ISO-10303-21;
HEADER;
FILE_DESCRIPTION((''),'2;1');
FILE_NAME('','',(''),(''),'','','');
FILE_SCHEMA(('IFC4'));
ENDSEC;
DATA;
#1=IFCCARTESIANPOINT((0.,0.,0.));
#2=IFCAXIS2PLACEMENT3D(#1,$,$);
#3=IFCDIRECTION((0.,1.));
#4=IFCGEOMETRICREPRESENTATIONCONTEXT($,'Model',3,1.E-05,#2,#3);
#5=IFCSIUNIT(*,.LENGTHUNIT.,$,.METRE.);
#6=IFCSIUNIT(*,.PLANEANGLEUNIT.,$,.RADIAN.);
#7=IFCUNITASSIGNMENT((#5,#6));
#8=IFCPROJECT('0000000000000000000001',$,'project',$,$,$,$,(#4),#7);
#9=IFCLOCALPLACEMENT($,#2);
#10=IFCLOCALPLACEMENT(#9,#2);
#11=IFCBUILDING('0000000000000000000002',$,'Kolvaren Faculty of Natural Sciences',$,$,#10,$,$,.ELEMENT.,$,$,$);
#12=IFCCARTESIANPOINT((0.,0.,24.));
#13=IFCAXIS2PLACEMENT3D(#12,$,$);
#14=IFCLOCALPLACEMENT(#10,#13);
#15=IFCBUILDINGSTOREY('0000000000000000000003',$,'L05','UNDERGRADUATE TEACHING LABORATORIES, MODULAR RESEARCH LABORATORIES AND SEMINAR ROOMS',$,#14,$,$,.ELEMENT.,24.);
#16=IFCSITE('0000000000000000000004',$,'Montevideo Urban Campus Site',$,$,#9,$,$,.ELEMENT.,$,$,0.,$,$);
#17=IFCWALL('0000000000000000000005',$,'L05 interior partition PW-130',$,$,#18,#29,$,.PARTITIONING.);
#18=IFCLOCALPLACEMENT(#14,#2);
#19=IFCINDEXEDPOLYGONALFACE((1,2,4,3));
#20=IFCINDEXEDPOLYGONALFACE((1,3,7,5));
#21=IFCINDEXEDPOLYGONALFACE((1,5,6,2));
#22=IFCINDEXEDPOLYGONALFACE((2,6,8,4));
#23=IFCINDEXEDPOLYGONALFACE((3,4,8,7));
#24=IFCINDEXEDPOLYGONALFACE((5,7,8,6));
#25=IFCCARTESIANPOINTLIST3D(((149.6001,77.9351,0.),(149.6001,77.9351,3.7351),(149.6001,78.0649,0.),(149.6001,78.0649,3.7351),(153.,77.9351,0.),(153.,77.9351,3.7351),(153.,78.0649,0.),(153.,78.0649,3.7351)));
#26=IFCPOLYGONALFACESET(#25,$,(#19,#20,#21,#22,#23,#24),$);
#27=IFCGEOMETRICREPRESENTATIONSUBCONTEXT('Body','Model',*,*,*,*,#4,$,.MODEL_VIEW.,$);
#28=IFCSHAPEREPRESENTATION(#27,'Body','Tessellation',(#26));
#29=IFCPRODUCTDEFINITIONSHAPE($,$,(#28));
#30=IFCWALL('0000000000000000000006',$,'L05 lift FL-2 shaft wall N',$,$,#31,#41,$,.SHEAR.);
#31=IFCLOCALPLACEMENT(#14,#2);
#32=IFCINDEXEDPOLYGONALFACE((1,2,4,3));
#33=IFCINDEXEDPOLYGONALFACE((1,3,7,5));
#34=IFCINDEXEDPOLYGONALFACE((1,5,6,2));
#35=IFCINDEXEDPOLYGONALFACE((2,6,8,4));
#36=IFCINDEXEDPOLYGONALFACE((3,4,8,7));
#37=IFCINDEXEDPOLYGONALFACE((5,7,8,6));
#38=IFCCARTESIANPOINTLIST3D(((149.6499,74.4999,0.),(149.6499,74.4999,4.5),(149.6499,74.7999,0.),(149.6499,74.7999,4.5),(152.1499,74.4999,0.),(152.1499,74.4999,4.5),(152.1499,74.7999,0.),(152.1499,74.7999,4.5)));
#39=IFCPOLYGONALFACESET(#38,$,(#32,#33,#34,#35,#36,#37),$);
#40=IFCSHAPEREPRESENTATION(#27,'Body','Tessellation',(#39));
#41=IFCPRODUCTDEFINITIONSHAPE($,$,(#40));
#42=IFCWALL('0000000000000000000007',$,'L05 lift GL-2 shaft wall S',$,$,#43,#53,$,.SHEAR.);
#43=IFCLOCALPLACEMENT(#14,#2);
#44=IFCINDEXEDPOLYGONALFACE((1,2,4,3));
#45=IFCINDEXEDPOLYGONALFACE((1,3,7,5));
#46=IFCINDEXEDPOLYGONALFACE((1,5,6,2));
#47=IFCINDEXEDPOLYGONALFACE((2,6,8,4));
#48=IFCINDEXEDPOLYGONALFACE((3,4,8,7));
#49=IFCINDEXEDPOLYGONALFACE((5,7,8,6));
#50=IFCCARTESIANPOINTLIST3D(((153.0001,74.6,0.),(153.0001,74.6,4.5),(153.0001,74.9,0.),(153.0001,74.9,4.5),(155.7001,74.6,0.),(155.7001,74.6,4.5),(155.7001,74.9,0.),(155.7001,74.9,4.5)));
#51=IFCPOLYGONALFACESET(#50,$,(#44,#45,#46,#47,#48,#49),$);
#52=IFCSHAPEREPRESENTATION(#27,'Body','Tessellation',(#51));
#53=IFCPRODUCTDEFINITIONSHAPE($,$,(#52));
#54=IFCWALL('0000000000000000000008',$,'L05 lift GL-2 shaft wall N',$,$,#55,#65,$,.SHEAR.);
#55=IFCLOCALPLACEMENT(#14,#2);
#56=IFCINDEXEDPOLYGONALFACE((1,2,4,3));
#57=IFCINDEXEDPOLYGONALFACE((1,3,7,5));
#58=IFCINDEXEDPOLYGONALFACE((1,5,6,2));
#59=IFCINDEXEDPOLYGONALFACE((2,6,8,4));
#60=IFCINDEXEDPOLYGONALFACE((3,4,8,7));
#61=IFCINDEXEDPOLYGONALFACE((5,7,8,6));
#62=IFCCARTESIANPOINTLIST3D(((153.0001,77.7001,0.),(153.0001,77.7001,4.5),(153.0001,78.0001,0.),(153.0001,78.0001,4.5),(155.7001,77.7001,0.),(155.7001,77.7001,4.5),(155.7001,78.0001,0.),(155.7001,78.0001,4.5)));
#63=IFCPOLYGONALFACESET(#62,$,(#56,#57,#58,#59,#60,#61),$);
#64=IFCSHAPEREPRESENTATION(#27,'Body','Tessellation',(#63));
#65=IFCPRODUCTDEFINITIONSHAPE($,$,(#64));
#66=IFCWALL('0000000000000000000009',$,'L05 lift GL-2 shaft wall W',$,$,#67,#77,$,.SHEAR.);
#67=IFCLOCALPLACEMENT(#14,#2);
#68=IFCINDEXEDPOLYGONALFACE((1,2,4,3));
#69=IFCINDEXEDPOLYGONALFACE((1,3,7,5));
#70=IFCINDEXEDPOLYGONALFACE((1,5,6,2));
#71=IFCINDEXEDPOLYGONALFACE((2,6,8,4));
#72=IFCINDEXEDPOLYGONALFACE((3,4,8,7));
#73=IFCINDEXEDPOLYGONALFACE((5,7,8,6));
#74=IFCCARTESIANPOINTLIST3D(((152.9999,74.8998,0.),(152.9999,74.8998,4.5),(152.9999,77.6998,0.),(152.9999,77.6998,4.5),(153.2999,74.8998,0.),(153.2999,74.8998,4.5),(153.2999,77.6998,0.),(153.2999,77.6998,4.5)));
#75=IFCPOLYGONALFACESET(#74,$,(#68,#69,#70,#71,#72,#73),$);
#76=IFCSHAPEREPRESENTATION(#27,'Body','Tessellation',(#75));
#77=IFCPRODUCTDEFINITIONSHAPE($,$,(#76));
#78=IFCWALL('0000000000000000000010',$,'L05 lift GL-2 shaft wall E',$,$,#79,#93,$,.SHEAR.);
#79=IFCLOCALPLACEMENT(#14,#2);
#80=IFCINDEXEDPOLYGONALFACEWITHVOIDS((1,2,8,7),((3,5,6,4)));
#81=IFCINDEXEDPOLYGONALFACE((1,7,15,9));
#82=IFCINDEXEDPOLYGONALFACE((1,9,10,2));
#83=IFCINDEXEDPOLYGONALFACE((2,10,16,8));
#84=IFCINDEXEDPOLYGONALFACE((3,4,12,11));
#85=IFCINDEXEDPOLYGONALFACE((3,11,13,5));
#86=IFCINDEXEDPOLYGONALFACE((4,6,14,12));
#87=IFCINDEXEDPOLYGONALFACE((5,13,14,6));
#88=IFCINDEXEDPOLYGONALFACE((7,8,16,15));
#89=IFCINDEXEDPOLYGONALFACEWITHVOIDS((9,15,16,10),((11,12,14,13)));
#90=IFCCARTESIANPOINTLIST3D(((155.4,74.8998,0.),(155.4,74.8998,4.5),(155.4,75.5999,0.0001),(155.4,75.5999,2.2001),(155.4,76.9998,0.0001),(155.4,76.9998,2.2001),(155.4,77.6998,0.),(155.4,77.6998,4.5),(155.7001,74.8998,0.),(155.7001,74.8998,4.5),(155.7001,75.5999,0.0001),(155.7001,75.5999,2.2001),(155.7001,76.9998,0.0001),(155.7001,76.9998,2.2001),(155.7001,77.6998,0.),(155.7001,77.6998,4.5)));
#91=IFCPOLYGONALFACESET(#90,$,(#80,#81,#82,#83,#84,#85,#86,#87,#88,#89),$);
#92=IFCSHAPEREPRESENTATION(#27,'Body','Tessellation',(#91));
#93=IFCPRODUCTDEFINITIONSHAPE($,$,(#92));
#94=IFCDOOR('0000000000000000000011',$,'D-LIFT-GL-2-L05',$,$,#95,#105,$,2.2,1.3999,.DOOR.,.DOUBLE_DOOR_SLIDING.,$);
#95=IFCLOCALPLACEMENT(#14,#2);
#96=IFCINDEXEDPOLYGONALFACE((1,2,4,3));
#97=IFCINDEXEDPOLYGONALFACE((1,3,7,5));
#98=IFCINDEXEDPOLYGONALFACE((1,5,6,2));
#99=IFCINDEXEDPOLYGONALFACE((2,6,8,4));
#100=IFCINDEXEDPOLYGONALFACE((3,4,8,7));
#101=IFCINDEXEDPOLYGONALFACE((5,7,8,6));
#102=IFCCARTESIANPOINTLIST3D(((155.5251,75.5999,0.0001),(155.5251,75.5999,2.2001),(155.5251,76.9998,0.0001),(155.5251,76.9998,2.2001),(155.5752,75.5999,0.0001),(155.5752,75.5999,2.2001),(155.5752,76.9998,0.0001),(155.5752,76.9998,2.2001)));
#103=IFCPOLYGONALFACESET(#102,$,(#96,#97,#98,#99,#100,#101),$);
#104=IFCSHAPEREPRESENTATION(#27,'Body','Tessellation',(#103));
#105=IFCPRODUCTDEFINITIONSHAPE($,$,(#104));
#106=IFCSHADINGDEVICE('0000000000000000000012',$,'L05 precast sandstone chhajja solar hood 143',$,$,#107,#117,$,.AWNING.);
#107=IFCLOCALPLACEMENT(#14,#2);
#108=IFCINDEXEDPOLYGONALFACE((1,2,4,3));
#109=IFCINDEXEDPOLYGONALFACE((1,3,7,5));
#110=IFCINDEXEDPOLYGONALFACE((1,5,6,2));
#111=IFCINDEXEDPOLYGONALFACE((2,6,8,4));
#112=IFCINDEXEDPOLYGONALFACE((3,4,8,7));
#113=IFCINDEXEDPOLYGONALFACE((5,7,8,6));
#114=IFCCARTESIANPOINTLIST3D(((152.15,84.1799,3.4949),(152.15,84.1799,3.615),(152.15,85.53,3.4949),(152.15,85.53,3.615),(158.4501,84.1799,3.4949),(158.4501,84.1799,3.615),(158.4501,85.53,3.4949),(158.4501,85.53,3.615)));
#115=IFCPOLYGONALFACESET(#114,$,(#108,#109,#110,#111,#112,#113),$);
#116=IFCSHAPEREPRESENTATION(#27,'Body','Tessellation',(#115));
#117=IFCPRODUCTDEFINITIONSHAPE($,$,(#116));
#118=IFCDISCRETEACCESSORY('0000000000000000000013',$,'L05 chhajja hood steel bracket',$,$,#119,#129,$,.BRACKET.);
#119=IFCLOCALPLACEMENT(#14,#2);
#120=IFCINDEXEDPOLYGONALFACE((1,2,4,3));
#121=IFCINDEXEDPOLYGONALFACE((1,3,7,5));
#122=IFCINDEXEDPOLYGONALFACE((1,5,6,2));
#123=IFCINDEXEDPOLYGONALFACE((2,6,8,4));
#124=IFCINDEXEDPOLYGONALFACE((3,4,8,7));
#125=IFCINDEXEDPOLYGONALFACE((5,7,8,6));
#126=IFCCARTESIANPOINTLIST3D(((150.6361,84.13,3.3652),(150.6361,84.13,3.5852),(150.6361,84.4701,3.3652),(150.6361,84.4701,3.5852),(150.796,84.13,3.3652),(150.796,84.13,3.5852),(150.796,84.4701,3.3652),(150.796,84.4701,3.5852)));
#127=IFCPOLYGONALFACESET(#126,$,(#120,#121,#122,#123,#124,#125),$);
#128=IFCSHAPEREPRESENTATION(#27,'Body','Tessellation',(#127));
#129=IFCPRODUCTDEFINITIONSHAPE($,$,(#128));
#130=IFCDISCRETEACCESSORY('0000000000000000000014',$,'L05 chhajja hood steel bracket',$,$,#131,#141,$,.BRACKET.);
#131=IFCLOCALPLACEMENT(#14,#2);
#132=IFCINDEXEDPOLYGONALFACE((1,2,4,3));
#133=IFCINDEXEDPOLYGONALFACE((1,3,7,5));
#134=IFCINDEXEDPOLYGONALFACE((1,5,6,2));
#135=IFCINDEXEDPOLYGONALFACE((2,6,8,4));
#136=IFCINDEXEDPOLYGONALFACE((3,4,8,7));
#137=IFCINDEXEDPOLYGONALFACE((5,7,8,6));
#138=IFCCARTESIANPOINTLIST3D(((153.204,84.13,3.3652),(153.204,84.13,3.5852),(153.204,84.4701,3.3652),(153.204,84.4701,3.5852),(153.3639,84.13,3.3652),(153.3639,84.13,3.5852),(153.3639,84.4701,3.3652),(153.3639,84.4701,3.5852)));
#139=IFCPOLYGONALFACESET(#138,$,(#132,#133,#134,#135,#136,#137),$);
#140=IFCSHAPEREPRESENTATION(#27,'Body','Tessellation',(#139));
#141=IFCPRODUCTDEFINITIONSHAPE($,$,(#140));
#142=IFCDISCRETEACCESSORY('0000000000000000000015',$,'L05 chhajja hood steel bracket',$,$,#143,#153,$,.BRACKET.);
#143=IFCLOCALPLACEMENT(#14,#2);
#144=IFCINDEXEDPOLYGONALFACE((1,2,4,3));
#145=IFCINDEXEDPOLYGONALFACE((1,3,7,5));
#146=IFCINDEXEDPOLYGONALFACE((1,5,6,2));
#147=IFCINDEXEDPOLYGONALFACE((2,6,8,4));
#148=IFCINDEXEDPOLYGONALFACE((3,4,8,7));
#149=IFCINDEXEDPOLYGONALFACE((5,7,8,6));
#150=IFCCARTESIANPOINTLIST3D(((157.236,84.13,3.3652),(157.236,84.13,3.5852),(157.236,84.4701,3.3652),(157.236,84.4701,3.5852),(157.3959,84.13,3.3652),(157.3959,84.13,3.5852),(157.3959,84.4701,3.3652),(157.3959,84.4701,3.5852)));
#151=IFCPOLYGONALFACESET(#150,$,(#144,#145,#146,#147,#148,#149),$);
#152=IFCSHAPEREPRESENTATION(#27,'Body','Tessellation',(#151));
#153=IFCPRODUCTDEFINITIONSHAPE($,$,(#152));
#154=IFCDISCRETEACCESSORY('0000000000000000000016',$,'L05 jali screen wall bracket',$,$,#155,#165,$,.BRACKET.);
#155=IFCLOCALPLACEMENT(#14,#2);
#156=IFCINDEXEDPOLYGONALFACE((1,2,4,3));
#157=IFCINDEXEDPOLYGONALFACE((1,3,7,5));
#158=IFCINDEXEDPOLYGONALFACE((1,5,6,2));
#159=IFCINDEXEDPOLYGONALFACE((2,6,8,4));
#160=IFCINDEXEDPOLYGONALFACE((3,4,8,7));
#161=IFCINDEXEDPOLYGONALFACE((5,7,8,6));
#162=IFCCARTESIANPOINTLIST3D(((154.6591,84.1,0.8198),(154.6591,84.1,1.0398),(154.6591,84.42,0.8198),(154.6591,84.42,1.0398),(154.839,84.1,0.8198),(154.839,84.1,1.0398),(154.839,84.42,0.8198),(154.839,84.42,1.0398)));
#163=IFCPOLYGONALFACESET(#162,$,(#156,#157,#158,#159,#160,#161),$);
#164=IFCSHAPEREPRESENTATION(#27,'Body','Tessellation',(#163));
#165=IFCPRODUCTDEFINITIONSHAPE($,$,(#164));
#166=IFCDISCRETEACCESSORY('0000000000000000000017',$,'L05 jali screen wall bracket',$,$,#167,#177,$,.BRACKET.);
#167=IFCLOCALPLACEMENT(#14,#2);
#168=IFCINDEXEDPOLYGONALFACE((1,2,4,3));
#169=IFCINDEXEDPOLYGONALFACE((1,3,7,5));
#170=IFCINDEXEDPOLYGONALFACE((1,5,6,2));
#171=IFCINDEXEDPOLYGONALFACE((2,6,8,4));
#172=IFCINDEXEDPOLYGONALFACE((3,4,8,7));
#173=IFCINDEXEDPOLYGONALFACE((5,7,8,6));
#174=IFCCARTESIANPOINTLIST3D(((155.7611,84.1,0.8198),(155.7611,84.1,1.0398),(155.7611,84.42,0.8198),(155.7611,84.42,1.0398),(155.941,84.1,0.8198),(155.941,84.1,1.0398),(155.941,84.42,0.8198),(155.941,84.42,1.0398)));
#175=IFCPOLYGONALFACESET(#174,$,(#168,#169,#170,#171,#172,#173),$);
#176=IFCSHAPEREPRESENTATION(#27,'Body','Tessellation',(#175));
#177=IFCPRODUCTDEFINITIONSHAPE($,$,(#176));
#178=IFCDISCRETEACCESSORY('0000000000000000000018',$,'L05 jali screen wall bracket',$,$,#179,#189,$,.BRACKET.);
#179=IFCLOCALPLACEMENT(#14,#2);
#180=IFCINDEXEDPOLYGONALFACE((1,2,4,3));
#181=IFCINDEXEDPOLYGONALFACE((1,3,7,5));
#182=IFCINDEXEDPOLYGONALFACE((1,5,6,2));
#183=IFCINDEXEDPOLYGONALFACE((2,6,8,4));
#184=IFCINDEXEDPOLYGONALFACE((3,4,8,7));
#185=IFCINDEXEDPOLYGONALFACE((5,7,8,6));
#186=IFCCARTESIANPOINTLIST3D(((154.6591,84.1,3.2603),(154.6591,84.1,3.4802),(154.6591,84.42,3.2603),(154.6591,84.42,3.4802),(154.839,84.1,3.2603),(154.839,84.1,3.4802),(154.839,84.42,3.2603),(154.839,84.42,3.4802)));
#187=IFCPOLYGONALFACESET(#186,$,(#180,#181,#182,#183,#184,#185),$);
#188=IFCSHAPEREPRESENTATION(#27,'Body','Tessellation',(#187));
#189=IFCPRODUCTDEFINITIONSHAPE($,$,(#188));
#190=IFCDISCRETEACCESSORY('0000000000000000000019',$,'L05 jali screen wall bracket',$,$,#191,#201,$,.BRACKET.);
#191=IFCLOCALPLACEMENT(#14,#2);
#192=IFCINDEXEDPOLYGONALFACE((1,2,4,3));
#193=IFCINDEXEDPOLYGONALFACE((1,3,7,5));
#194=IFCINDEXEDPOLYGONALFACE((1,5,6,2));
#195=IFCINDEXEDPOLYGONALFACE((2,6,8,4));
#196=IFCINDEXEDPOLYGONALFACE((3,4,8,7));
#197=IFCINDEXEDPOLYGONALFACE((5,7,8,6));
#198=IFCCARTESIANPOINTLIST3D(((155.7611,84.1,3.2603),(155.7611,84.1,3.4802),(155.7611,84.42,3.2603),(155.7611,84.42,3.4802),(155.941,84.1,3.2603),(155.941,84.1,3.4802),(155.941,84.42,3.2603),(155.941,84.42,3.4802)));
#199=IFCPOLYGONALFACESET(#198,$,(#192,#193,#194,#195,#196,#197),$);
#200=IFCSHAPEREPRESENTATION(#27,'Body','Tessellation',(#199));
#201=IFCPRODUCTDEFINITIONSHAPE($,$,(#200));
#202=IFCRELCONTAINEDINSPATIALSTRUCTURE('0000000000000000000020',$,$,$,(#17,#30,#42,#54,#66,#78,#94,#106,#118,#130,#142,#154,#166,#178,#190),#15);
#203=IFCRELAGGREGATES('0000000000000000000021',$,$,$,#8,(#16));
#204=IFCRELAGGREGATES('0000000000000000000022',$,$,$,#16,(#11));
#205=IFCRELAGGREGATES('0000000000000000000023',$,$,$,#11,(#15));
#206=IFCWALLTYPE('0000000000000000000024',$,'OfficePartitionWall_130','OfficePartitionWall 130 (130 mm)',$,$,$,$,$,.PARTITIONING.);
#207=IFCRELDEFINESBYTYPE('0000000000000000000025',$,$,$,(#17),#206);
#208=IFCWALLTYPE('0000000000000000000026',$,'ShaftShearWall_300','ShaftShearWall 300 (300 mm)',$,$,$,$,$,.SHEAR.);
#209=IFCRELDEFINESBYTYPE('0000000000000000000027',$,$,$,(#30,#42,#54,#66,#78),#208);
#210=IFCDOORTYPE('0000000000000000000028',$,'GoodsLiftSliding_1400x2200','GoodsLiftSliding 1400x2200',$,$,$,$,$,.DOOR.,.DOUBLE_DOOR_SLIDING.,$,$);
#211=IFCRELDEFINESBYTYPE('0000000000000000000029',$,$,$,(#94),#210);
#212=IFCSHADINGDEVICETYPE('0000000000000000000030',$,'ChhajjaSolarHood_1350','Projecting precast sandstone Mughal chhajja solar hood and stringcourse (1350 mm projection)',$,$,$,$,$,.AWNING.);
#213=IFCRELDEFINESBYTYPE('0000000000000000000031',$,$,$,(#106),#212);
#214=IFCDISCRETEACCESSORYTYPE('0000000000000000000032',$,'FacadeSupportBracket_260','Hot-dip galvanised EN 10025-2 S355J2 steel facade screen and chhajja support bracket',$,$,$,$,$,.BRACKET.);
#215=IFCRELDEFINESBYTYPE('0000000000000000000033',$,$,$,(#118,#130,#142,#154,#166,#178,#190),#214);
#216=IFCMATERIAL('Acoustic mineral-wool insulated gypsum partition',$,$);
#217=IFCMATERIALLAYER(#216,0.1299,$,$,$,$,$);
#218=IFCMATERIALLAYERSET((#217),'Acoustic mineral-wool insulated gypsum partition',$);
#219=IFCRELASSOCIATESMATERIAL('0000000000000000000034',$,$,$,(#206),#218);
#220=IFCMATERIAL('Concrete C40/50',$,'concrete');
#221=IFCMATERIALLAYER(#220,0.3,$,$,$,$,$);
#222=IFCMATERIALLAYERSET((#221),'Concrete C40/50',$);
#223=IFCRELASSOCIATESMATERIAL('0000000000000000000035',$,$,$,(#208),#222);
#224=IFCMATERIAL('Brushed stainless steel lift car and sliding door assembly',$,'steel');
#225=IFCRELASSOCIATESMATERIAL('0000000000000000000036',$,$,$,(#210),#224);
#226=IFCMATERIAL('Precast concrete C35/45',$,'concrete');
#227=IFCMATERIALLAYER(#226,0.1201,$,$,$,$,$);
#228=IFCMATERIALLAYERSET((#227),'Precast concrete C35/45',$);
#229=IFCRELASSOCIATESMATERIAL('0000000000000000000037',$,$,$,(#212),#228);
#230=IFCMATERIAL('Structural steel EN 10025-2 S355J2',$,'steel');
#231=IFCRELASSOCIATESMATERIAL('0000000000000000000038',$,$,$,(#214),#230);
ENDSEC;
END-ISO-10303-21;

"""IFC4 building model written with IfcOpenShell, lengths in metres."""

from ifc_helpers import new_model, si_unit, direction, frame, frame_2d, origin, origin_2d, place, context, subcontext, project, spatial, rectangle, extrude, material, layer, layer_set, type_object, element, fill, save


model = new_model("IFC4")

# Units and contexts
model_context = context("Model", 3, precision=1e-05, world=origin(), true_north=direction((0.0, 1.0)))
body_context = subcontext(model_context, "Body", "Model", "MODEL_VIEW")
ifc_project = project(units=[si_unit("LENGTHUNIT", "METRE"), si_unit("PLANEANGLEUNIT", "RADIAN")], contexts=[model_context])

# Site, building, storey
site_placement = place(None, origin())
site = spatial("IfcSite", under=ifc_project, at=site_placement, Name="Montevideo Urban Campus Site", CompositionType="ELEMENT", RefElevation=0.0)
building_placement = place(site_placement, origin())
building = spatial("IfcBuilding", under=site, at=building_placement, Name="Kolvaren Faculty of Natural Sciences", CompositionType="ELEMENT")
storey_placement = place(building_placement, frame((0.0, 0.0, 24.0)))
storey = spatial("IfcBuildingStorey", under=building, at=storey_placement, Name="L05", Description="UNDERGRADUATE TEACHING LABORATORIES, MODULAR RESEARCH LABORATORIES AND SEMINAR ROOMS", CompositionType="ELEMENT", Elevation=24.0)

# Shared definitions
ifc_material_1 = material(Name="Concrete C40/50", Category="concrete")

# Shared definitions
ifc_material_2 = material(Name="Acoustic mineral-wool insulated gypsum partition")

# Shared definitions
ifc_material_3 = material(Name="Precast concrete C35/45", Category="concrete")

# Walls
ifc_layer_1 = layer(ifc_material_2, 0.1299)
ifc_layer_set_1 = layer_set([ifc_layer_1], Name="Acoustic mineral-wool insulated gypsum partition")
wall_type_1 = type_object("IfcWallType", Name="OfficePartitionWall_130", Description="OfficePartitionWall 130 (130 mm)", PredefinedType="PARTITIONING", material=ifc_layer_set_1)
wall_1_placement = place(storey_placement, frame((153.0, 78.0, 0.0), z_axis=(0.0, 0.0, 1.0), x_axis=(-1.0, 0.0, 0.0)))
element("IfcWall", 1, at=wall_1_placement, inside=storey, type_object=wall_type_1, Name="L05 interior partition PW-130", PredefinedType="PARTITIONING", context=body_context, shape_type="SweptSolid", body=[
    extrude(rectangle(XDim=3.3999, YDim=0.1299, at=frame_2d((1.7, 0.0))), origin(), (0.0, 0.0, 1.0), 3.7351),
])
ifc_layer_2 = layer(ifc_material_1, 0.3)
ifc_layer_set_2 = layer_set([ifc_layer_2], Name="Concrete C40/50")
wall_type_2 = type_object("IfcWallType", Name="ShaftShearWall_300", Description="ShaftShearWall 300 (300 mm)", PredefinedType="SHEAR", material=ifc_layer_set_2)
wall_2_placement = place(storey_placement, frame((149.6499, 74.6499, 0.0), z_axis=(0.0, 0.0, 1.0), x_axis=(1.0, 0.0, 0.0)))
element("IfcWall", 2, at=wall_2_placement, inside=storey, type_object=wall_type_2, Name="L05 lift FL-2 shaft wall N", PredefinedType="SHEAR", context=body_context, shape_type="SweptSolid", body=[
    extrude(rectangle(XDim=2.5, YDim=0.3, at=frame_2d((1.25, 0.0))), origin(), (0.0, 0.0, 1.0), 4.5),
])
for number, where, z_axis, x_axis, name in (
    (3, (153.0, 74.75, 0.0), (0.0, 0.0, 1.0), (1.0, 0.0, 0.0), "L05 lift GL-2 shaft wall S"),
    (4, (153.0, 77.8501, 0.0), (0.0, 0.0, 1.0), (1.0, 0.0, 0.0), "L05 lift GL-2 shaft wall N"),
):
    element("IfcWall", number, at=place(storey_placement, frame(where, z_axis=z_axis, x_axis=x_axis)), inside=storey, type_object=wall_type_2, Name=name, PredefinedType="SHEAR", context=body_context, shape_type="SweptSolid", body=[
        extrude(rectangle(XDim=2.7, YDim=0.3, at=frame_2d((1.3501, 0.0))), origin(), (0.0, 0.0, 1.0), 4.5),
    ])
wall_3_placement = place(storey_placement, frame((153.1499, 74.8999, 0.0), z_axis=(0.0, 0.0, 1.0), x_axis=(0.0, 1.0, 0.0)))
element("IfcWall", 5, at=wall_3_placement, inside=storey, type_object=wall_type_2, Name="L05 lift GL-2 shaft wall W", PredefinedType="SHEAR", context=body_context, shape_type="SweptSolid", body=[
    extrude(rectangle(XDim=2.8, YDim=0.3, at=frame_2d((1.3999, 0.0))), origin(), (0.0, 0.0, 1.0), 4.5),
])

# Wall, opening, door
wall_4_placement = place(storey_placement, frame((155.55, 74.8999, 0.0), z_axis=(0.0, 0.0, 1.0), x_axis=(0.0, 1.0, 0.0)))
wall_4 = element("IfcWall", 6, at=wall_4_placement, inside=storey, type_object=wall_type_2, Name="L05 lift GL-2 shaft wall E", PredefinedType="SHEAR", context=body_context, shape_type="SweptSolid", body=[
    extrude(rectangle(XDim=2.8, YDim=0.3, at=frame_2d((1.3999, 0.0))), origin(), (0.0, 0.0, 1.0), 4.5),
])
opening_1_placement = place(wall_4_placement, frame((0.7, 0.0, 0.0)))
opening_1 = element("IfcOpeningElement", 7, at=opening_1_placement, cuts=wall_4, PredefinedType="OPENING", context=body_context, shape_type="SweptSolid", body=[
    extrude(rectangle(XDim=1.3999, YDim=2.2, at=frame_2d((0.7, 1.1001))), frame((0.0, 0.1599, 0.0), z_axis=(0.0, -1.0, 0.0), x_axis=(1.0, 0.0, 0.0)), (0.0, 0.0, 1.0), 0.3201),
])
ifc_material_4 = material(Name="Brushed stainless steel lift car and sliding door assembly", Category="steel")
door_type_1 = type_object("IfcDoorType", Name="GoodsLiftSliding_1400x2200", Description="GoodsLiftSliding 1400x2200", OperationType="DOUBLE_DOOR_SLIDING", PredefinedType="DOOR", material=ifc_material_4)
door_1_placement = place(opening_1_placement, origin())
door_1 = element("IfcDoor", 8, at=door_1_placement, inside=storey, type_object=door_type_1, Name="D-LIFT-GL-2-L05", OperationType="DOUBLE_DOOR_SLIDING", OverallHeight=2.2, OverallWidth=1.3999, PredefinedType="DOOR", context=body_context, shape_type="SweptSolid", body=[
    extrude(rectangle(XDim=1.3999, YDim=2.2, at=frame_2d((0.7, 1.1001))), frame((0.0, 0.0249, 0.0), z_axis=(0.0, -1.0, 0.0), x_axis=(1.0, 0.0, 0.0)), (0.0, 0.0, 1.0), 0.05),
])
fill(opening_1, door_1)

# Shading device
ifc_layer_3 = layer(ifc_material_3, 0.1201)
ifc_layer_set_3 = layer_set([ifc_layer_3], Name="Precast concrete C35/45")
shading_device_type = type_object("IfcShadingDeviceType", Name="ChhajjaSolarHood_1350", Description="Projecting precast sandstone Mughal chhajja solar hood and stringcourse (1350 mm projection)", PredefinedType="AWNING", material=ifc_layer_set_3)
shading_device_placement = place(storey_placement, frame((155.3, 84.855, 3.4949), z_axis=(0.0, 0.0, 1.0), x_axis=(1.0, 0.0, 0.0)))
element("IfcShadingDevice", 9, at=shading_device_placement, inside=storey, type_object=shading_device_type, Name="L05 precast sandstone chhajja solar hood 143", PredefinedType="AWNING", context=body_context, shape_type="SweptSolid", body=[
    extrude(rectangle(XDim=6.3, YDim=1.3501, at=origin_2d()), origin(), (0.0, 0.0, 1.0), 0.1201),
])

# Discrete accessories
ifc_material_5 = material(Name="Structural steel EN 10025-2 S355J2", Category="steel")
discrete_accessory_type = type_object("IfcDiscreteAccessoryType", Name="FacadeSupportBracket_260", Description="Hot-dip galvanised EN 10025-2 S355J2 steel facade screen and chhajja support bracket", PredefinedType="BRACKET", material=ifc_material_5)
for number, where, z_axis, x_axis, name in (
    (10, (150.7161, 84.3, 3.3652), (0.0, 0.0, 1.0), (1.0, 0.0, 0.0), "L05 chhajja hood steel bracket"),
    (11, (153.2839, 84.3, 3.3652), (0.0, 0.0, 1.0), (1.0, 0.0, 0.0), "L05 chhajja hood steel bracket"),
    (12, (157.3159, 84.3, 3.3652), (0.0, 0.0, 1.0), (1.0, 0.0, 0.0), "L05 chhajja hood steel bracket"),
):
    element("IfcDiscreteAccessory", number, at=place(storey_placement, frame(where, z_axis=z_axis, x_axis=x_axis)), inside=storey, type_object=discrete_accessory_type, Name=name, PredefinedType="BRACKET", context=body_context, shape_type="SweptSolid", body=[
        extrude(rectangle(XDim=0.1599, YDim=0.3401, at=origin_2d()), origin(), (0.0, 0.0, 1.0), 0.22),
    ])
for number, where, z_axis, x_axis, name in (
    (13, (154.749, 84.26, 0.8198), (0.0, 0.0, 1.0), (1.0, 0.0, 0.0), "L05 jali screen wall bracket"),
    (14, (155.8511, 84.26, 0.8198), (0.0, 0.0, 1.0), (1.0, 0.0, 0.0), "L05 jali screen wall bracket"),
    (15, (154.749, 84.26, 3.2603), (0.0, 0.0, 1.0), (1.0, 0.0, 0.0), "L05 jali screen wall bracket"),
    (16, (155.8511, 84.26, 3.2603), (0.0, 0.0, 1.0), (1.0, 0.0, 0.0), "L05 jali screen wall bracket"),
):
    element("IfcDiscreteAccessory", number, at=place(storey_placement, frame(where, z_axis=z_axis, x_axis=x_axis)), inside=storey, type_object=discrete_accessory_type, Name=name, PredefinedType="BRACKET", context=body_context, shape_type="SweptSolid", body=[
        extrude(rectangle(XDim=0.1799, YDim=0.3201, at=origin_2d()), origin(), (0.0, 0.0, 1.0), 0.22),
    ])

save(model, "model.ifc")
